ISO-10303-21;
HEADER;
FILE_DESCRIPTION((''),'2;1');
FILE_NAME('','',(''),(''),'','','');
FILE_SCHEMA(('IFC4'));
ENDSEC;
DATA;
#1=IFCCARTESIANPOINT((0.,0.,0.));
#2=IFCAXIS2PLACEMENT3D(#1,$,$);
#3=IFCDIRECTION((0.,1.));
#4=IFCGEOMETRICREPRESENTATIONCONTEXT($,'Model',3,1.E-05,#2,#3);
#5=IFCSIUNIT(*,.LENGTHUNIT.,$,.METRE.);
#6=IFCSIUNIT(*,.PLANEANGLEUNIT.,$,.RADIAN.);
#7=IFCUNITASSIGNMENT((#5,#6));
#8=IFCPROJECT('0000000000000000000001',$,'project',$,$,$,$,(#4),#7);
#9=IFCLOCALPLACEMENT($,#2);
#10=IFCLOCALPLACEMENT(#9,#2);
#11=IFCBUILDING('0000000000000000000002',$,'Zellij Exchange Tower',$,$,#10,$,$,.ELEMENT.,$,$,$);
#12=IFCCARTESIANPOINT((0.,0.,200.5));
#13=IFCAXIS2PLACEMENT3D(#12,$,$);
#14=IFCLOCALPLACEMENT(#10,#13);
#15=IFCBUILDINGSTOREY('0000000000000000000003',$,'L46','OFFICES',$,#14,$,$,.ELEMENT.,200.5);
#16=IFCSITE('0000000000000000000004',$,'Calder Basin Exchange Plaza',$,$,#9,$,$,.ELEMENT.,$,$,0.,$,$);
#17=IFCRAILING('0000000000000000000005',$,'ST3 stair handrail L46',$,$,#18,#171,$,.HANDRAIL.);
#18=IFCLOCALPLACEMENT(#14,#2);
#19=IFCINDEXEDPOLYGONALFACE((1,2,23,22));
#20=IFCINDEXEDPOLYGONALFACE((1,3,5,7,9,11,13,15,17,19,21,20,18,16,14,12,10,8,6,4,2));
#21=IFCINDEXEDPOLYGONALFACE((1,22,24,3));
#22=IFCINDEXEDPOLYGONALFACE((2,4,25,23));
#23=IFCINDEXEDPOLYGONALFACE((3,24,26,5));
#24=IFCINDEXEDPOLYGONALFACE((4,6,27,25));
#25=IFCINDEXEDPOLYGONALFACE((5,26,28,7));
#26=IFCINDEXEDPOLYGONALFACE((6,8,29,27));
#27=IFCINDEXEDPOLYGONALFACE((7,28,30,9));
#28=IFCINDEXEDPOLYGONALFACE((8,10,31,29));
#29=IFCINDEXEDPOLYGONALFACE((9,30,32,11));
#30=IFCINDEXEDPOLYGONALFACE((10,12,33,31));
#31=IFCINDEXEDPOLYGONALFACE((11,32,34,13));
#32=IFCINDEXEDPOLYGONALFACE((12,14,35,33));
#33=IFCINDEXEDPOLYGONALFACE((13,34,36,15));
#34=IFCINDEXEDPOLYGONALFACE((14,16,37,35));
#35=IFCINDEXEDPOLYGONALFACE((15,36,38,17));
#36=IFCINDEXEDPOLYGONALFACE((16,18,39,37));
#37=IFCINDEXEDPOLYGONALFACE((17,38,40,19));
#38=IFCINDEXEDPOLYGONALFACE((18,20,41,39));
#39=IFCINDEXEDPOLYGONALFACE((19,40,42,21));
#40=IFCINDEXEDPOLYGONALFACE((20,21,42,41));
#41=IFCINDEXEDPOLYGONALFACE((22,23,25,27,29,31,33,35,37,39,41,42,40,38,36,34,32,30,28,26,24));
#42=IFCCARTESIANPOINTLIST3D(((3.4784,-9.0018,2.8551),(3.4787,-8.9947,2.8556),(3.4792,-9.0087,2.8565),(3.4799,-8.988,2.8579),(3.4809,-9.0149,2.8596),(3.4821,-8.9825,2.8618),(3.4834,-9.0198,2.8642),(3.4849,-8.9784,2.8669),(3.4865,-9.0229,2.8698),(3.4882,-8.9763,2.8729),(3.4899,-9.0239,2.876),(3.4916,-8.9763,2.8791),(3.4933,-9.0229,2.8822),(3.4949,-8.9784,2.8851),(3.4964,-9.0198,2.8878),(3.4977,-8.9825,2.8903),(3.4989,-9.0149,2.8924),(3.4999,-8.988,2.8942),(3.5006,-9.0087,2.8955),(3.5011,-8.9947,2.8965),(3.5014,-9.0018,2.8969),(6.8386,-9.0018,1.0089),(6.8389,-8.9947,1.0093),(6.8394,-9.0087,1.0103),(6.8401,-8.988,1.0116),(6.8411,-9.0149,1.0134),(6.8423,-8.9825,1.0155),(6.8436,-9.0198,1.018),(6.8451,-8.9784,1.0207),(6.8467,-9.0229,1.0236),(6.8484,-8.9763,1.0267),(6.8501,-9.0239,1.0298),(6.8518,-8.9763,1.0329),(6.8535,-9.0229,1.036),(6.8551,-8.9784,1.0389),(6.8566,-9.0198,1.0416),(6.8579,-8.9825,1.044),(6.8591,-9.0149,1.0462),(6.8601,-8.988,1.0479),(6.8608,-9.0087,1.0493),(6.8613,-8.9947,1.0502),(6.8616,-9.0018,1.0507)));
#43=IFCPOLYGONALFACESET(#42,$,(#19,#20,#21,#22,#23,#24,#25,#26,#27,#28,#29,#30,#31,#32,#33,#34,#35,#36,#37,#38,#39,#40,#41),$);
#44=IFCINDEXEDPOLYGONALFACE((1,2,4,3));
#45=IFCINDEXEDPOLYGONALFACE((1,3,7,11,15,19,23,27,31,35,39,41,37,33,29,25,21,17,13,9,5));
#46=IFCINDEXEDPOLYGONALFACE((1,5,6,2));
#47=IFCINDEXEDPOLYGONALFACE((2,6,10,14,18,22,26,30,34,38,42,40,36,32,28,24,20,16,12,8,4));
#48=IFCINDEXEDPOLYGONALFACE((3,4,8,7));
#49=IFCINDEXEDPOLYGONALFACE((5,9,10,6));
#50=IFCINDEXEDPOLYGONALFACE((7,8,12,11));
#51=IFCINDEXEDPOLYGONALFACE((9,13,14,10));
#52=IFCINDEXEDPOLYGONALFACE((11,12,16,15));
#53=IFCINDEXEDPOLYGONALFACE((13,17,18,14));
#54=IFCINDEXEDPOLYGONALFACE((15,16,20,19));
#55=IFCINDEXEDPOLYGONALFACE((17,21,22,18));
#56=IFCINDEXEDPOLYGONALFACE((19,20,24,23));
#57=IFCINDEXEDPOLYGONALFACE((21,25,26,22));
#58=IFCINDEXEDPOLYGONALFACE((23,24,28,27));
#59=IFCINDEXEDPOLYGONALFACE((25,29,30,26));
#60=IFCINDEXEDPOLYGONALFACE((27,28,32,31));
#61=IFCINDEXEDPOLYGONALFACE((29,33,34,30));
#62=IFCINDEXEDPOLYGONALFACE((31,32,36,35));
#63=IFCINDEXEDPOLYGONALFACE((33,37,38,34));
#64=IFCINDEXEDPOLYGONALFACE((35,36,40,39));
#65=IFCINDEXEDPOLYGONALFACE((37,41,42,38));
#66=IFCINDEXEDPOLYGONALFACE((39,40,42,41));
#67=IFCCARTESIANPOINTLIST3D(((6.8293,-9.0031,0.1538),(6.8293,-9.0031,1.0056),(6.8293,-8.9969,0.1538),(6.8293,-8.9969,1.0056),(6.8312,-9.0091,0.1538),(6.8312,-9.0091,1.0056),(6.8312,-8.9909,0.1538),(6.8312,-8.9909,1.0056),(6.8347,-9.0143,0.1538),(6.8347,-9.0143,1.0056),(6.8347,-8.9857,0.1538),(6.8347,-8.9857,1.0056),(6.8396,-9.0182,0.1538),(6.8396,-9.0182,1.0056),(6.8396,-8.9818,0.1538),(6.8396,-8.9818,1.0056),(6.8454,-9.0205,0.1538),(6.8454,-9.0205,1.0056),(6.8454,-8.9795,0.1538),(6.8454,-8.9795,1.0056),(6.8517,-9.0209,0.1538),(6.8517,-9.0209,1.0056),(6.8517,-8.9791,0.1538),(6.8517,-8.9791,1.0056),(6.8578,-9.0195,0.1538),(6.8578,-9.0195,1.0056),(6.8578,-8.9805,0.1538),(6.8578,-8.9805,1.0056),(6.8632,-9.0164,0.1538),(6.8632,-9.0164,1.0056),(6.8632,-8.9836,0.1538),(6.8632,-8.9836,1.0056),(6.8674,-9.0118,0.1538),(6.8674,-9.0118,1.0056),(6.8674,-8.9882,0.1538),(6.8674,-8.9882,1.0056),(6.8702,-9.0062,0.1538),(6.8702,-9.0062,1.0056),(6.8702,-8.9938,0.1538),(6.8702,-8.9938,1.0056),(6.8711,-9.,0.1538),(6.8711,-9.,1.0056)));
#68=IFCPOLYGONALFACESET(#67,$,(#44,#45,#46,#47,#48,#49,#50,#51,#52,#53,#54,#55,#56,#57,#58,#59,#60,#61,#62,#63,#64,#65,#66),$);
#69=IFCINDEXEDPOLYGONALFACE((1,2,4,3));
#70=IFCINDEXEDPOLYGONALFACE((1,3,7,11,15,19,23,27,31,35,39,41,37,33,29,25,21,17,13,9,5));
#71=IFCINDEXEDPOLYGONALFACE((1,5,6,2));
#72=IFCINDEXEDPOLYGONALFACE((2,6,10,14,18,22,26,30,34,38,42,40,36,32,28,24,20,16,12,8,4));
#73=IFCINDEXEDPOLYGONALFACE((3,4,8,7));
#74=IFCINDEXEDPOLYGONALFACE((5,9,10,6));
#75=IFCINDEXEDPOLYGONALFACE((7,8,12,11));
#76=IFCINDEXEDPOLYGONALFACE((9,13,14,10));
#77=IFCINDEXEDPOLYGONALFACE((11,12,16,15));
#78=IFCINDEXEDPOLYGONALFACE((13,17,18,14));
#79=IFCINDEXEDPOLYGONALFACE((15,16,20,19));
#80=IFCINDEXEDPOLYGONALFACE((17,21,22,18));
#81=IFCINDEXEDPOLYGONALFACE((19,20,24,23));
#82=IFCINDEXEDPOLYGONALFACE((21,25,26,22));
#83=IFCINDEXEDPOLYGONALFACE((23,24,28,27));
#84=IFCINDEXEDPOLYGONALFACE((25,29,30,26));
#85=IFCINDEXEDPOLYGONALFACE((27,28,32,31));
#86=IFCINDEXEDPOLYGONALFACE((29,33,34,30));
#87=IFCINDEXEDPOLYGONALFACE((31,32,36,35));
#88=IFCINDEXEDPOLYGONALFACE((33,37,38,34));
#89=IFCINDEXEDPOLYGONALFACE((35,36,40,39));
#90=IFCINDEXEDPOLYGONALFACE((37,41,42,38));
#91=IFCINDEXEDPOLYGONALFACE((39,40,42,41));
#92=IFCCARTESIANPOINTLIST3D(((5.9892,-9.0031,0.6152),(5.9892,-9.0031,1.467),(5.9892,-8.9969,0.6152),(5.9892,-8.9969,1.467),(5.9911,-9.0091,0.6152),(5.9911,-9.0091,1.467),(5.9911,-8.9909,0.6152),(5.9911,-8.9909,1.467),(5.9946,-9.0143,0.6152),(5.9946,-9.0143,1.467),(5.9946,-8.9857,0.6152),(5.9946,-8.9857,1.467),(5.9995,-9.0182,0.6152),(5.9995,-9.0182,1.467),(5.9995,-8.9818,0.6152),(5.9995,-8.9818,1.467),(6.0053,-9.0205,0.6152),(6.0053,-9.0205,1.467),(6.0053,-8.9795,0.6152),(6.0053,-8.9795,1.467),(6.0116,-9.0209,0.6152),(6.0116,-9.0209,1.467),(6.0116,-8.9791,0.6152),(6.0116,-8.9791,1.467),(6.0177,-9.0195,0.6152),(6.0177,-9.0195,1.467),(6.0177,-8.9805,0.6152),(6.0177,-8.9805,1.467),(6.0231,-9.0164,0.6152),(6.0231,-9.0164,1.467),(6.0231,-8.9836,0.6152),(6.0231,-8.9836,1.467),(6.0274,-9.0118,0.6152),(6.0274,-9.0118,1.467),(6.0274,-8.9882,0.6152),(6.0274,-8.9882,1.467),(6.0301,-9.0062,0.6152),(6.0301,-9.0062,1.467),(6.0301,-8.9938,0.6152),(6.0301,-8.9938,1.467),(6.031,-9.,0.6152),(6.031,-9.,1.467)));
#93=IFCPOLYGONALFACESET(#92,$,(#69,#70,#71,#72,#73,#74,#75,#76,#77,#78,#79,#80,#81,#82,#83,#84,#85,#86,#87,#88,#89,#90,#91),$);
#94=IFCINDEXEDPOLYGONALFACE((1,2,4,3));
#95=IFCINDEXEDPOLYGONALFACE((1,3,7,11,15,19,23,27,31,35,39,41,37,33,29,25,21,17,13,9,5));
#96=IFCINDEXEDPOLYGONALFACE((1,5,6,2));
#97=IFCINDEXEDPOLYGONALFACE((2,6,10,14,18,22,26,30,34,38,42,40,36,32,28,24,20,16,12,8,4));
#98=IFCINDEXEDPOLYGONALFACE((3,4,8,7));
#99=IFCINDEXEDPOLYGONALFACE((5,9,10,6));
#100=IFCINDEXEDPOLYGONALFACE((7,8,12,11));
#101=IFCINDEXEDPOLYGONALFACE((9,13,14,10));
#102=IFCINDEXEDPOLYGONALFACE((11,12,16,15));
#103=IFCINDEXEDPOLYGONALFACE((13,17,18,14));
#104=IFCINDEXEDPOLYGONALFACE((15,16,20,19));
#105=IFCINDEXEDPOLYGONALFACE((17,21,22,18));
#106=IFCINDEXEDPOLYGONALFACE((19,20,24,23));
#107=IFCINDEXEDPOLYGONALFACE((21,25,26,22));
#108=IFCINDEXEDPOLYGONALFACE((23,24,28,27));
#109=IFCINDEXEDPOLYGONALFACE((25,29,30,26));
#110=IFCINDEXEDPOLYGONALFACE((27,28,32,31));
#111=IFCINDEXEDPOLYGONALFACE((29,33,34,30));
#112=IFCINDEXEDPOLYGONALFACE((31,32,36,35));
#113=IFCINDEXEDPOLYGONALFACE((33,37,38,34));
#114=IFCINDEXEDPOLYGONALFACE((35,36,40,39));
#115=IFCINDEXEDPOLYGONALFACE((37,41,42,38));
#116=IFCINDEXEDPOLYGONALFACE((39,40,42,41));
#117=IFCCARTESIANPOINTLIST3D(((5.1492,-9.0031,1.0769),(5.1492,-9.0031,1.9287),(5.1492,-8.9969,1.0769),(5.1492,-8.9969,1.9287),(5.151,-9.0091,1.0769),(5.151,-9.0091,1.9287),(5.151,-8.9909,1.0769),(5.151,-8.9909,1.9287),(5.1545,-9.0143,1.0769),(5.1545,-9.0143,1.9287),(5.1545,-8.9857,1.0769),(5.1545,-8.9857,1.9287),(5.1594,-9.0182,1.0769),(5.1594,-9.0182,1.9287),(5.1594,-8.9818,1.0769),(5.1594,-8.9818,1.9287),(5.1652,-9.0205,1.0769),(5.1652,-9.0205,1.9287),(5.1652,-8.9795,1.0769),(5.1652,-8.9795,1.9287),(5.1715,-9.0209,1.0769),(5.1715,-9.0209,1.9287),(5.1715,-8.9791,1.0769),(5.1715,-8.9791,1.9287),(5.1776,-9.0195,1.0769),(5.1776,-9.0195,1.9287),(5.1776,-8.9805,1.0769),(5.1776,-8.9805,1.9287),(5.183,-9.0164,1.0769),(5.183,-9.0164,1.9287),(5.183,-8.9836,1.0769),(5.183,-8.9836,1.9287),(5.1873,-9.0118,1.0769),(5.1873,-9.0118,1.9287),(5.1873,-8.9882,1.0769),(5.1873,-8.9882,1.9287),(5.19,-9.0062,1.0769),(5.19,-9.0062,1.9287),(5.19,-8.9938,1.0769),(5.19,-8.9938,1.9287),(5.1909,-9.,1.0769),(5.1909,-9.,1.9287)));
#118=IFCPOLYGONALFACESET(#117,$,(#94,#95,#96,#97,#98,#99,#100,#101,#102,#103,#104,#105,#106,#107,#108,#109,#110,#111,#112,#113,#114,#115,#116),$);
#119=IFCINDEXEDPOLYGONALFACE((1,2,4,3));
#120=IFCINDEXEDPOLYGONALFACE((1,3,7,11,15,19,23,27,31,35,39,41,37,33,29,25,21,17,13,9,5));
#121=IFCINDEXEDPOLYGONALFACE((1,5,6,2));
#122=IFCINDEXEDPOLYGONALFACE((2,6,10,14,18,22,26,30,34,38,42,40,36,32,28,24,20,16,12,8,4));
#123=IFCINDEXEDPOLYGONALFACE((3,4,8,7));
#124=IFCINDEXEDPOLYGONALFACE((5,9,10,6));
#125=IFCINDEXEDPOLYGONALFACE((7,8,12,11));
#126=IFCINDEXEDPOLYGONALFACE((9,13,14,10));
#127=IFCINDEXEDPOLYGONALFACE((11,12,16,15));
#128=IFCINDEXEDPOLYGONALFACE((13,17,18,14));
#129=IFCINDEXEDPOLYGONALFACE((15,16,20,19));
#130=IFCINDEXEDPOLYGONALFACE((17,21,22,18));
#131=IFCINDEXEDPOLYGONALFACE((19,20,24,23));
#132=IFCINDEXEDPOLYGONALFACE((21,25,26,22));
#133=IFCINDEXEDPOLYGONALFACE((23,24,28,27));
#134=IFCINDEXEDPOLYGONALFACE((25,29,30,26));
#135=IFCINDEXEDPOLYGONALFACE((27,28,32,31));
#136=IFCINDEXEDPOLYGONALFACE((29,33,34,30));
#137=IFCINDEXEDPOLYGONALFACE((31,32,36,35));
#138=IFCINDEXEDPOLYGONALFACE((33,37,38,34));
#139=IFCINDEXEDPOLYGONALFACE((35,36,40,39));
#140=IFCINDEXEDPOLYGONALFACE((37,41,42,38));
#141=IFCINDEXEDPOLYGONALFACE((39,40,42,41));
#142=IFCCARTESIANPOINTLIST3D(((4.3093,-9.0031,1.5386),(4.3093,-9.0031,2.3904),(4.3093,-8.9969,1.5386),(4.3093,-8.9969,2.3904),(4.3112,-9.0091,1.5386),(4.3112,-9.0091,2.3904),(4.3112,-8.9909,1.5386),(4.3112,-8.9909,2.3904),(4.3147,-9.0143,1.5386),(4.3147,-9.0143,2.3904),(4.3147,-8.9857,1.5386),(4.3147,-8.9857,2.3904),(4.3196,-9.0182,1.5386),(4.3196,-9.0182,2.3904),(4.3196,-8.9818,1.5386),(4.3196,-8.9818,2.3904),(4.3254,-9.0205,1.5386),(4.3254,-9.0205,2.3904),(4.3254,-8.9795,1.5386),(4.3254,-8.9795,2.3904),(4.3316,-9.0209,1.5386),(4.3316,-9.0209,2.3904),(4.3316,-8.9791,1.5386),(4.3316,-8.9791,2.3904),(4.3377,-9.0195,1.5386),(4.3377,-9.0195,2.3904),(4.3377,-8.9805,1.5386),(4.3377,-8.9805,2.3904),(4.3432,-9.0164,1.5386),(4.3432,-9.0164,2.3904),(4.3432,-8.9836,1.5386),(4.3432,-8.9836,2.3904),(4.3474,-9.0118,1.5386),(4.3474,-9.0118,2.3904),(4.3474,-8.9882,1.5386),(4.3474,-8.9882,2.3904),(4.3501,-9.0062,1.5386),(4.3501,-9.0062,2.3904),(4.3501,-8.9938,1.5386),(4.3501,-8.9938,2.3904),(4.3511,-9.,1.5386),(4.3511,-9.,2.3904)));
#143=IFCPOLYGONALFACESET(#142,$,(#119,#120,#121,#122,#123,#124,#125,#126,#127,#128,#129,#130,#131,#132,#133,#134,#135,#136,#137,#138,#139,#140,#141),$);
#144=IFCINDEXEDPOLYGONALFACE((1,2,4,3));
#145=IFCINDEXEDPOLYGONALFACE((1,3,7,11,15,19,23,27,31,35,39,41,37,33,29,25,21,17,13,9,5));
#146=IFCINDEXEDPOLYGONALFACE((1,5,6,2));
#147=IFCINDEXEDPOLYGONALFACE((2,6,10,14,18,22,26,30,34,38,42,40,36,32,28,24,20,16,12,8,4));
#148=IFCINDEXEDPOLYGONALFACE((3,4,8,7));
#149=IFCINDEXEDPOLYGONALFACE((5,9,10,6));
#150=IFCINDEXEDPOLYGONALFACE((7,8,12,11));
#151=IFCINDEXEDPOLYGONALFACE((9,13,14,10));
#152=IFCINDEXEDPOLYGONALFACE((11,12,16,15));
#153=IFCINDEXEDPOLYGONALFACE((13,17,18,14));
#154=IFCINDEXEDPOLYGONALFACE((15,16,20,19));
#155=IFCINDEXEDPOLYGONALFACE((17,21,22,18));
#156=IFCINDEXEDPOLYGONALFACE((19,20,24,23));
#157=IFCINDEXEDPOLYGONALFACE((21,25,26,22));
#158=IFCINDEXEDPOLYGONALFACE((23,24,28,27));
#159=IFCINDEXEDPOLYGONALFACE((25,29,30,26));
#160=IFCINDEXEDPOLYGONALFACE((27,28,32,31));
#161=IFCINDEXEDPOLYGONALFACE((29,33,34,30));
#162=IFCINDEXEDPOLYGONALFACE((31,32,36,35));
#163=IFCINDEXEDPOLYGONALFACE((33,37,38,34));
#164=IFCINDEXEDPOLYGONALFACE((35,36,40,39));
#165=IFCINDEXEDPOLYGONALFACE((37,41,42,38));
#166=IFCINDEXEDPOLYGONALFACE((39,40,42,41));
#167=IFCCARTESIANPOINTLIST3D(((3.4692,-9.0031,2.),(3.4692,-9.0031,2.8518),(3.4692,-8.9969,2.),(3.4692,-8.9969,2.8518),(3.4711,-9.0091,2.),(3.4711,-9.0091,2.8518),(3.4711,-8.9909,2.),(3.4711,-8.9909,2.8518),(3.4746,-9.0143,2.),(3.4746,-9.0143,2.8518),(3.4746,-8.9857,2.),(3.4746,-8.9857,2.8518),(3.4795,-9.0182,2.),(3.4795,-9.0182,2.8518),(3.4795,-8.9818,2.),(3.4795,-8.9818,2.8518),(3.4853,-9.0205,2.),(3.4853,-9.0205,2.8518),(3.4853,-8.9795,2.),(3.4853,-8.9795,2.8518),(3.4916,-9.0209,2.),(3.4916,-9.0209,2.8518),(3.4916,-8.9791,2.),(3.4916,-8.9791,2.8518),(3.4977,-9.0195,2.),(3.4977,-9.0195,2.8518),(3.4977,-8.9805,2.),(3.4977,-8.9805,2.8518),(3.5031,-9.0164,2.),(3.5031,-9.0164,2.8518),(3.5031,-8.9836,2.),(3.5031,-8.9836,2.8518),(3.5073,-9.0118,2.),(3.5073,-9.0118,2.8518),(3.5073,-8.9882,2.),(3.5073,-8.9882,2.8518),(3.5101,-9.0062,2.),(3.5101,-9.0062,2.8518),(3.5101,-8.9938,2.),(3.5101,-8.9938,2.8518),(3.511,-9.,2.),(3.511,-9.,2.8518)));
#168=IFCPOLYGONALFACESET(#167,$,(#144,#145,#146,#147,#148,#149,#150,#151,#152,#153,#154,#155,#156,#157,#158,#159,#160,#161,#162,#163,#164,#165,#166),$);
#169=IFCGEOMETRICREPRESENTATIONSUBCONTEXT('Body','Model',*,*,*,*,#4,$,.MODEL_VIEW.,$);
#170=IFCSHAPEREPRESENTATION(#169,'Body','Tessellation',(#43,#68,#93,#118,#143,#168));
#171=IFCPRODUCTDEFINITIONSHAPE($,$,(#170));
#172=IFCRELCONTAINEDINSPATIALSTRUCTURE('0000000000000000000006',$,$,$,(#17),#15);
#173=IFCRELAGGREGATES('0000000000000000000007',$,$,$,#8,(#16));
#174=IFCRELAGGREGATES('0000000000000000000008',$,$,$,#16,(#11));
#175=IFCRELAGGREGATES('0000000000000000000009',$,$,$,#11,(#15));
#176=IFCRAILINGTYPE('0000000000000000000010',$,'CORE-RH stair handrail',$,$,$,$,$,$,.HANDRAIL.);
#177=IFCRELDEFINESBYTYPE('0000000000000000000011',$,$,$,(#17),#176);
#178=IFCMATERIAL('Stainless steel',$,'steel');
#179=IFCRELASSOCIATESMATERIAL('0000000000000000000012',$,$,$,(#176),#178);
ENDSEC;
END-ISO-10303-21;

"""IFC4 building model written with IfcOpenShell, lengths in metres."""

from ifc_helpers import new_model, si_unit, direction, frame, origin, origin_2d, place, context, subcontext, project, spatial, circle, extrude, material, type_object, element, save


model = new_model("IFC4")

# Units and contexts
model_context = context("Model", 3, precision=1e-05, world=origin(), true_north=direction((0.0, 1.0)))
body_context = subcontext(model_context, "Body", "Model", "MODEL_VIEW")
ifc_project = project(units=[si_unit("LENGTHUNIT", "METRE"), si_unit("PLANEANGLEUNIT", "RADIAN")], contexts=[model_context])

# Site, building, storey
site_placement = place(None, origin())
site = spatial("IfcSite", under=ifc_project, at=site_placement, Name="Calder Basin Exchange Plaza", CompositionType="ELEMENT", RefElevation=0.0)
building_placement = place(site_placement, origin())
building = spatial("IfcBuilding", under=site, at=building_placement, Name="Zellij Exchange Tower", CompositionType="ELEMENT")
storey_placement = place(building_placement, frame((0.0, 0.0, 200.5)))
storey = spatial("IfcBuildingStorey", under=building, at=storey_placement, Name="L46", Description="OFFICES", CompositionType="ELEMENT", Elevation=200.5)

# Railing
ifc_material_1 = material(Name="Stainless steel", Category="steel")
railing_type_1 = type_object("IfcRailingType", Name="CORE-RH stair handrail", PredefinedType="HANDRAIL", material=ifc_material_1)
railing_1_placement = place(storey_placement, frame((6.8501, -9.0, 0.1538)))
element("IfcRailing", 1, at=railing_1_placement, inside=storey, type_object=railing_type_1, Name="ST3 stair handrail L46", PredefinedType="HANDRAIL", context=body_context, shape_type="SweptSolid", body=[
    extrude(circle(Radius=0.0239, at=origin_2d()), frame((0.0, 0.0, 0.876), z_axis=(-0.876422, 0.0, 0.481545), x_axis=(0.0, -1.0, 0.0)), (0.0, 0.0, 1.0), 3.834),
    extrude(circle(Radius=0.021, at=origin_2d()), origin(), (0.0, 0.0, 1.0), 0.8518),
    extrude(circle(Radius=0.021, at=origin_2d()), frame((-0.8401, 0.0, 0.4614)), (0.0, 0.0, 1.0), 0.8518),
    extrude(circle(Radius=0.021, at=origin_2d()), frame((-1.6802, 0.0, 0.9231)), (0.0, 0.0, 1.0), 0.8518),
    extrude(circle(Radius=0.021, at=origin_2d()), frame((-2.52, 0.0, 1.3848)), (0.0, 0.0, 1.0), 0.8518),
    extrude(circle(Radius=0.021, at=origin_2d()), frame((-3.3601, 0.0, 1.8462)), (0.0, 0.0, 1.0), 0.8518),
])

save(model, "model.ifc")
